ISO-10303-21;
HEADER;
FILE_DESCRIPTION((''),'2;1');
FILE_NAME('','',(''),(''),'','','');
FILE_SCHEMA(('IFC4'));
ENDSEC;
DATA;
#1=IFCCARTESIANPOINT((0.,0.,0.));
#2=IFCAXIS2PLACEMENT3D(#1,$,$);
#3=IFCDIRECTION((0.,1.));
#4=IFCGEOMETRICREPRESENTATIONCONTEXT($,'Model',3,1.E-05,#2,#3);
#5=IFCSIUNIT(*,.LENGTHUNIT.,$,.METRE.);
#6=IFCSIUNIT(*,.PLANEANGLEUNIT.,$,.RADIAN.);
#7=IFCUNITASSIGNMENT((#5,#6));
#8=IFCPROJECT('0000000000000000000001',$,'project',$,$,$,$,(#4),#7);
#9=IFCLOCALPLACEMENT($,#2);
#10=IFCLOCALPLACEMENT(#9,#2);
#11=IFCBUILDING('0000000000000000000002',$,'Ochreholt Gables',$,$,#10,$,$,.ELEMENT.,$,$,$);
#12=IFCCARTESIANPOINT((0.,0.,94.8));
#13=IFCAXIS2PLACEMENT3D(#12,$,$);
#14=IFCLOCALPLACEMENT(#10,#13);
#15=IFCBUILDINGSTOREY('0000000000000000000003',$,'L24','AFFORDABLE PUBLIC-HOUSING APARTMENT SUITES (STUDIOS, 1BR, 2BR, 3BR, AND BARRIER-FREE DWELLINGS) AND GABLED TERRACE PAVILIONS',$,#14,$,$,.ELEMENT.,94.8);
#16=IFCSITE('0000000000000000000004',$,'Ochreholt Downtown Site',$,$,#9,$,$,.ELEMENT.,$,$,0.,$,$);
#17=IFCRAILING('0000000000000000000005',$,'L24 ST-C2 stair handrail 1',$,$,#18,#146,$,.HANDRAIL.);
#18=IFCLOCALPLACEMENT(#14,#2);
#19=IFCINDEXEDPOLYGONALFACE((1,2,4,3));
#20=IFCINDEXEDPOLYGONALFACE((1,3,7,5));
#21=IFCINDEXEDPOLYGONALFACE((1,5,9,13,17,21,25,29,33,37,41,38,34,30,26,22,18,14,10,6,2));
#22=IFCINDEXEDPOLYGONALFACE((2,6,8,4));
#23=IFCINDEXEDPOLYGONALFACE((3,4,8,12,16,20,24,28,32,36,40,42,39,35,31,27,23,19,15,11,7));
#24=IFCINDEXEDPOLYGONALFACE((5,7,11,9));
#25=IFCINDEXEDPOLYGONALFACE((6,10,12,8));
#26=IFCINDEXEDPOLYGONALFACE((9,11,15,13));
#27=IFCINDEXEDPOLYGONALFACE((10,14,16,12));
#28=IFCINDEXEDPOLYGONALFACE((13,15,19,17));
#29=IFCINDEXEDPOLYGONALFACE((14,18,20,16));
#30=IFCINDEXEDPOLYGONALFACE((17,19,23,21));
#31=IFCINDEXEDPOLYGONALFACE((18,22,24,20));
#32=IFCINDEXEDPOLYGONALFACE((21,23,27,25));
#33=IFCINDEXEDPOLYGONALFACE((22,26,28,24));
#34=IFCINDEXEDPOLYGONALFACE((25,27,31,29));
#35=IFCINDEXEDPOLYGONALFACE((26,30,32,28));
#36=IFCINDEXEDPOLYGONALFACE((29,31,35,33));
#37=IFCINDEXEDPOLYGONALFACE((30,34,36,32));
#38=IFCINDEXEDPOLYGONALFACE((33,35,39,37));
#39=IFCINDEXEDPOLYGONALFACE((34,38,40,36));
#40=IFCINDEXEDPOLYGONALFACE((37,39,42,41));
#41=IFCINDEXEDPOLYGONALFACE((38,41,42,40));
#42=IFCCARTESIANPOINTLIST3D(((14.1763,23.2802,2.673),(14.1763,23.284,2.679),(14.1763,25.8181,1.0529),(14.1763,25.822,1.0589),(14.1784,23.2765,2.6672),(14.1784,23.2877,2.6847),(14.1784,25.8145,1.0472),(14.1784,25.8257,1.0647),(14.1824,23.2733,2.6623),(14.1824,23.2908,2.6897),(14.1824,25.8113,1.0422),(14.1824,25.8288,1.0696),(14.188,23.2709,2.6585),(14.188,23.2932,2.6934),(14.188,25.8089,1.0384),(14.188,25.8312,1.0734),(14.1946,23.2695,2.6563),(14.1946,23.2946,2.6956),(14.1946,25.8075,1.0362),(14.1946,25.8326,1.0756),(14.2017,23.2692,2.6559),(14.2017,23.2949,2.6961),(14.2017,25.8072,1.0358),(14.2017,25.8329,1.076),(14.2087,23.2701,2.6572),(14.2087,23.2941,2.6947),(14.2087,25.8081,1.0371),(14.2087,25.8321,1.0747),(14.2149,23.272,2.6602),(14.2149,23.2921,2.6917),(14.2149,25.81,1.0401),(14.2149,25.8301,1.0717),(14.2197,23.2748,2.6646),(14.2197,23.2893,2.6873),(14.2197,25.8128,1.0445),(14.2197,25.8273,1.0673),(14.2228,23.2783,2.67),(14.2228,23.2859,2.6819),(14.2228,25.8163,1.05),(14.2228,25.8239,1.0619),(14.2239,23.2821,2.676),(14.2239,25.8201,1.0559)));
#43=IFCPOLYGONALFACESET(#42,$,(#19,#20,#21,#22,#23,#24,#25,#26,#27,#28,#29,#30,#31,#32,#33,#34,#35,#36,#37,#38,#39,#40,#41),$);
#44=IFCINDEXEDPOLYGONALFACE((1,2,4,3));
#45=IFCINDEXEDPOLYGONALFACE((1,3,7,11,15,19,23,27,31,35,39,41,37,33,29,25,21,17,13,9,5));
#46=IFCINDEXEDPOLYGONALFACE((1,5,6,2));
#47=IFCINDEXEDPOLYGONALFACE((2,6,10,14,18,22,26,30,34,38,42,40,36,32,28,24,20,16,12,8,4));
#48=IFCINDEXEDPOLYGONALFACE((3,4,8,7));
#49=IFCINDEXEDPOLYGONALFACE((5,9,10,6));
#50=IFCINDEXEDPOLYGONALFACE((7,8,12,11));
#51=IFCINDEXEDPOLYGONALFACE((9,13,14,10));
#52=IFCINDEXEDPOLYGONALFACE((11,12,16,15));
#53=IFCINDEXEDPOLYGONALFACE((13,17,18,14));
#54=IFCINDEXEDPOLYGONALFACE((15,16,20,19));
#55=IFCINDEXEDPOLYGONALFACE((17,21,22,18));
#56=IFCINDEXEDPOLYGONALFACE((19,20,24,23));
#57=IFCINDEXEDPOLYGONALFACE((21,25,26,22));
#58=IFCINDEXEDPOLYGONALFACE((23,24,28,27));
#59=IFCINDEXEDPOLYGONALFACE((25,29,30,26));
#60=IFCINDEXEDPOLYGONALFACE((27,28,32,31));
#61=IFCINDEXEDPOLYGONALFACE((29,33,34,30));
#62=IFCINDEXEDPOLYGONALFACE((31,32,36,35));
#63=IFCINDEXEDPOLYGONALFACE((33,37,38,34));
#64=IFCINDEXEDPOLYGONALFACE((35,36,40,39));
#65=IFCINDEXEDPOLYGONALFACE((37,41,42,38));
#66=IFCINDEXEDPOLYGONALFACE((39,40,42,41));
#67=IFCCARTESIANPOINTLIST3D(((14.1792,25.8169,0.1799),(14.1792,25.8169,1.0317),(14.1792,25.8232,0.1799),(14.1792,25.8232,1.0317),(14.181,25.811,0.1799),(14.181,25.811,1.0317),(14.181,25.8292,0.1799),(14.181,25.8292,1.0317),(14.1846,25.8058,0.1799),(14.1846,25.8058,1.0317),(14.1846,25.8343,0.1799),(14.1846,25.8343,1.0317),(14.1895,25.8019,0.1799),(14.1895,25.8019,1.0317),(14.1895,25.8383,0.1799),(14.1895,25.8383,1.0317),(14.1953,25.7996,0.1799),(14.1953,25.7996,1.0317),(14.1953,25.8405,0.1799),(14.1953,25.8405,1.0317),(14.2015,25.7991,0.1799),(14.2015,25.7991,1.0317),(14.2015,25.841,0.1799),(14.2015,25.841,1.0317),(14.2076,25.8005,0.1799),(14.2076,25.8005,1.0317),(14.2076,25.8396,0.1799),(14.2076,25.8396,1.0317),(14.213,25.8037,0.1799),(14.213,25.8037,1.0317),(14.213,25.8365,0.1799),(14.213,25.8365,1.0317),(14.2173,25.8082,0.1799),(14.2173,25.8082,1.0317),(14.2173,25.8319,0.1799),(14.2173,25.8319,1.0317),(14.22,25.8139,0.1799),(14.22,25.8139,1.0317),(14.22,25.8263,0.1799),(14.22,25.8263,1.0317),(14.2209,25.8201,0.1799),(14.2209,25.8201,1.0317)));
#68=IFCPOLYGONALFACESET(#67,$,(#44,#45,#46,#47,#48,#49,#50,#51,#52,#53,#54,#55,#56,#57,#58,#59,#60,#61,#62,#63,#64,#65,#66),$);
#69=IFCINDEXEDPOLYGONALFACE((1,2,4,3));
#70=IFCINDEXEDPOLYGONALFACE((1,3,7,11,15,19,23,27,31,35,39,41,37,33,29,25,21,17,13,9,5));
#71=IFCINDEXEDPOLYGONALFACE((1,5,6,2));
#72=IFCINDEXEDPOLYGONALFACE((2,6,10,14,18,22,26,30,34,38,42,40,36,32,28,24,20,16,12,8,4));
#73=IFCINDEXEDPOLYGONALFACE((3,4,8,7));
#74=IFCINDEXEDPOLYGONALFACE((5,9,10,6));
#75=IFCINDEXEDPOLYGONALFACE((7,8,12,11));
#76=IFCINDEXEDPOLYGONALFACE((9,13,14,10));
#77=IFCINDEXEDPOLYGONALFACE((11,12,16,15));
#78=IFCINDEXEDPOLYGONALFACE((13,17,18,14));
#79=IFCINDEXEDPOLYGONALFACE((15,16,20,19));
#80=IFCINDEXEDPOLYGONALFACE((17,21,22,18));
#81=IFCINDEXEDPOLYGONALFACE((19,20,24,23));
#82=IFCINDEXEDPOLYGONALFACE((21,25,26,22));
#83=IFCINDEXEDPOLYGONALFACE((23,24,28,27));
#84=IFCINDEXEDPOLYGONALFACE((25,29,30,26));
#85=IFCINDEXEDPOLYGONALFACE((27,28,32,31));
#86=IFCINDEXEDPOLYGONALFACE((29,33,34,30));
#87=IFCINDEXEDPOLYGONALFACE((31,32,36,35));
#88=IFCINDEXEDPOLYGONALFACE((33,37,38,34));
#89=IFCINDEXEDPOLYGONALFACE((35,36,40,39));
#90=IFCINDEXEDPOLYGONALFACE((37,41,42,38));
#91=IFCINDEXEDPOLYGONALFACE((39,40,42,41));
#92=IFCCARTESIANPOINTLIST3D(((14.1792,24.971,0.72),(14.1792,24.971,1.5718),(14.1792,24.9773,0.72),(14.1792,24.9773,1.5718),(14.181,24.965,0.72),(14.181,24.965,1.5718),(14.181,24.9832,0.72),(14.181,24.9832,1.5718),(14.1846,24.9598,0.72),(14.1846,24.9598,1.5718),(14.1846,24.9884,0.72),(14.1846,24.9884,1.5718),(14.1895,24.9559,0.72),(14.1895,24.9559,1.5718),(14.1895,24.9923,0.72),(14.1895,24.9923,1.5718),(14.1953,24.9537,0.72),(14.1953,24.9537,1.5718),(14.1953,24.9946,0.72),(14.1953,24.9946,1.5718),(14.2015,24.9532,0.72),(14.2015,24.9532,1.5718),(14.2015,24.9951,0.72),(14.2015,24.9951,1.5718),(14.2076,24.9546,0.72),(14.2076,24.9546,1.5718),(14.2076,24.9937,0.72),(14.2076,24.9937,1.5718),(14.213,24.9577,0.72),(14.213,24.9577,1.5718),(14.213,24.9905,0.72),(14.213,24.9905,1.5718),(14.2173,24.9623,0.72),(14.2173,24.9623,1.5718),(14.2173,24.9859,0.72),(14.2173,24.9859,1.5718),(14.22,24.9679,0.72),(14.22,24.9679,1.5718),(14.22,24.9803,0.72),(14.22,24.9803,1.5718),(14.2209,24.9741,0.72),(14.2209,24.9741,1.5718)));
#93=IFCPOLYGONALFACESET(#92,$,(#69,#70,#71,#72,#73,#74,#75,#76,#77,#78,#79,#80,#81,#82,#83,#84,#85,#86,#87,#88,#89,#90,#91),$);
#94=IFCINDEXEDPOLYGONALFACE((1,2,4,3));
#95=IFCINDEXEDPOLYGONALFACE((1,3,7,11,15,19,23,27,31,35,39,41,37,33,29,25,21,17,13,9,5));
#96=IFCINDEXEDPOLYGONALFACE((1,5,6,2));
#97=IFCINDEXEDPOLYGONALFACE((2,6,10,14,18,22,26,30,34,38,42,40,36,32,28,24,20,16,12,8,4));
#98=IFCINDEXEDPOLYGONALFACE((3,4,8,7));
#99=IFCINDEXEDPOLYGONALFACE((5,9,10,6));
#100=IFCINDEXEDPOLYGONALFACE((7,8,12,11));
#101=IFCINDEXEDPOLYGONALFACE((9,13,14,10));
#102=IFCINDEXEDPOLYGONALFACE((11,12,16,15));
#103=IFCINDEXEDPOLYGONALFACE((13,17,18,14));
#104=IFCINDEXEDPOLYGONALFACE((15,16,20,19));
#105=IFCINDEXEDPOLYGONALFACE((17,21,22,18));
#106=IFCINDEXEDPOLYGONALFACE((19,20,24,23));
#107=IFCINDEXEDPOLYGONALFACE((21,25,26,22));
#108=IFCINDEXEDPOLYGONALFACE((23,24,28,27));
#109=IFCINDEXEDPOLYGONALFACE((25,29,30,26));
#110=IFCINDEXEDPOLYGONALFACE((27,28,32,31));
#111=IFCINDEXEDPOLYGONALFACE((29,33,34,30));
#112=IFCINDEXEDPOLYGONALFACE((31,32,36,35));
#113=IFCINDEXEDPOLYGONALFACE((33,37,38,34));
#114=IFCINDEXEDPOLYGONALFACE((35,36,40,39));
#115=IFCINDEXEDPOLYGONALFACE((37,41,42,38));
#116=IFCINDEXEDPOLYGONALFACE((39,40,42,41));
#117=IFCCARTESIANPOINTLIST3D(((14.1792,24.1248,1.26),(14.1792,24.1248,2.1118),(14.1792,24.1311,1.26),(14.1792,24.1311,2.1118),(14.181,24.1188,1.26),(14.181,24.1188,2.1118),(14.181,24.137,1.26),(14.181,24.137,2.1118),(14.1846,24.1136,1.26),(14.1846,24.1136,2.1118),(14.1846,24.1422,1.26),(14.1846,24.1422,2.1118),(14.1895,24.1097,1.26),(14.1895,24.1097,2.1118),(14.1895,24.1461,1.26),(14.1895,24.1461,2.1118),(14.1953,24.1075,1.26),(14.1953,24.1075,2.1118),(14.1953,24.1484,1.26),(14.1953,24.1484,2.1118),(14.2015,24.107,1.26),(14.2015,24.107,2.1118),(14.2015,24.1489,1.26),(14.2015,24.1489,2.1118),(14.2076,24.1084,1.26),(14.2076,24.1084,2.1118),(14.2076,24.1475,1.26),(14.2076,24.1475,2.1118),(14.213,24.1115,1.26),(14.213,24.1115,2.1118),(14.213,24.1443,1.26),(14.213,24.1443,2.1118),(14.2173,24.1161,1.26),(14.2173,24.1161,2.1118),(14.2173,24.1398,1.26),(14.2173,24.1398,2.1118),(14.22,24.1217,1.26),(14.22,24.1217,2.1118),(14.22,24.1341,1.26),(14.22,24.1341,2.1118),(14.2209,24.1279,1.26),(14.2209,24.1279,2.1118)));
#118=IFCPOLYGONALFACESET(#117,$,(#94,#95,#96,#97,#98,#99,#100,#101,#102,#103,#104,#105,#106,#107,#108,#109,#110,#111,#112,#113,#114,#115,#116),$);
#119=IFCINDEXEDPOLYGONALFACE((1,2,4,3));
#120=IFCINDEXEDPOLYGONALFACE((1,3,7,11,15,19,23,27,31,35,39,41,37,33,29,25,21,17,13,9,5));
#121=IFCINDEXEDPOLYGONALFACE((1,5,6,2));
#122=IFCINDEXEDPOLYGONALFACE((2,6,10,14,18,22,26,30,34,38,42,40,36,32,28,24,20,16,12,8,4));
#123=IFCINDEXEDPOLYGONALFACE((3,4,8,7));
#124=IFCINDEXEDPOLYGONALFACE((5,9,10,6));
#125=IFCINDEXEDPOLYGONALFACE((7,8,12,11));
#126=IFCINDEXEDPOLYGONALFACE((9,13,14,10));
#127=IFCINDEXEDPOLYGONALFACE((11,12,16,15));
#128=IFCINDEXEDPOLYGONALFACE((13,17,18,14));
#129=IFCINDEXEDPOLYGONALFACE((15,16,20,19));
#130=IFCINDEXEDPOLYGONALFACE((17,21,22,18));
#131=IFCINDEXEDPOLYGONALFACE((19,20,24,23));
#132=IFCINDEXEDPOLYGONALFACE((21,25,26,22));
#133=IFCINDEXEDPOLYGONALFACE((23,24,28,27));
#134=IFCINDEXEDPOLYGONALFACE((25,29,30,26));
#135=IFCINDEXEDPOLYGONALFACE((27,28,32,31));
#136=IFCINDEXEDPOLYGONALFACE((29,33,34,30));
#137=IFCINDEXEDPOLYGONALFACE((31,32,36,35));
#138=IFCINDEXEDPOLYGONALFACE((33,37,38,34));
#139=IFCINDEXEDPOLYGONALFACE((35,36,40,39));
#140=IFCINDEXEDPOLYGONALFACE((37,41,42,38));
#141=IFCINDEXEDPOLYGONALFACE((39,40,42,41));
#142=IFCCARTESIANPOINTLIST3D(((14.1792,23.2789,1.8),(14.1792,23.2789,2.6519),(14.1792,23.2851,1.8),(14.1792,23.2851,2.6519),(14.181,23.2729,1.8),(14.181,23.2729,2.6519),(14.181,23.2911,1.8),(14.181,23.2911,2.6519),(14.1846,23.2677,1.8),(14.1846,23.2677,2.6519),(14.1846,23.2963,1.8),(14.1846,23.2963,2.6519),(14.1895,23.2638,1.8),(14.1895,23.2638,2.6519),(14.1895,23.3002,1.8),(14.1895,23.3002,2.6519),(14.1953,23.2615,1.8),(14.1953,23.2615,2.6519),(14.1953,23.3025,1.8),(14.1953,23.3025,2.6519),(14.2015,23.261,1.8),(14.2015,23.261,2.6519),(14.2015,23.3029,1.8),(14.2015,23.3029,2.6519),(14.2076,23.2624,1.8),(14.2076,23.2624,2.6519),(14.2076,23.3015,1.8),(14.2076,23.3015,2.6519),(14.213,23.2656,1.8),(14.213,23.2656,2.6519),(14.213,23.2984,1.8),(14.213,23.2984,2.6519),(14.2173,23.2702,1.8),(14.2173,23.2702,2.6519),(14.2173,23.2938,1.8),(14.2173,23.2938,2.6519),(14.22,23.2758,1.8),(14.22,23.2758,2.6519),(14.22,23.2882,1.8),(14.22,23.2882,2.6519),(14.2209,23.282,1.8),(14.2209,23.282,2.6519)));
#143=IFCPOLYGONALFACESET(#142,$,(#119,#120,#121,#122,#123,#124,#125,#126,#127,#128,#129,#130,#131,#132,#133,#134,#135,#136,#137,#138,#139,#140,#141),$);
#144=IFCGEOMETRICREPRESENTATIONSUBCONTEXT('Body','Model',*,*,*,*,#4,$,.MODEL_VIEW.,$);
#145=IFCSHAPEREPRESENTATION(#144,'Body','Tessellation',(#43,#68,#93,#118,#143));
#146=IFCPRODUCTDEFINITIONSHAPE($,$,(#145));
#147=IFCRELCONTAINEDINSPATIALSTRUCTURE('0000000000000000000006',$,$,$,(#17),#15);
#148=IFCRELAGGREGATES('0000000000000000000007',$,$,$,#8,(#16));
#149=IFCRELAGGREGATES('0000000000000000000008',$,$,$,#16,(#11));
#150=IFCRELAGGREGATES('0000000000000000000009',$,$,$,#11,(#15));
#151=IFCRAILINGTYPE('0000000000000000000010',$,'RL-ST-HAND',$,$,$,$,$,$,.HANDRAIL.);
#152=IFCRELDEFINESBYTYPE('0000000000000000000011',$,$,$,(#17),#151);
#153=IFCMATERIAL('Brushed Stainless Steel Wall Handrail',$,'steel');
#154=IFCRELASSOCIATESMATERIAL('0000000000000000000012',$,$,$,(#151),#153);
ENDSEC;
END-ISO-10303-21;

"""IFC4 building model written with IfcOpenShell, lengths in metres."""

from ifc_helpers import new_model, si_unit, direction, frame, origin, origin_2d, place, context, subcontext, project, spatial, circle, extrude, material, type_object, element, save


model = new_model("IFC4")

# Units and contexts
model_context = context("Model", 3, precision=1e-05, world=origin(), true_north=direction((0.0, 1.0)))
body_context = subcontext(model_context, "Body", "Model", "MODEL_VIEW")
ifc_project = project(units=[si_unit("LENGTHUNIT", "METRE"), si_unit("PLANEANGLEUNIT", "RADIAN")], contexts=[model_context])

# Site, building, storey
site_placement = place(None, origin())
site = spatial("IfcSite", under=ifc_project, at=site_placement, Name="Ochreholt Downtown Site", CompositionType="ELEMENT", RefElevation=0.0)
building_placement = place(site_placement, origin())
building = spatial("IfcBuilding", under=site, at=building_placement, Name="Ochreholt Gables", CompositionType="ELEMENT")
storey_placement = place(building_placement, frame((0.0, 0.0, 94.8)))
storey = spatial("IfcBuildingStorey", under=building, at=storey_placement, Name="L24", Description="AFFORDABLE PUBLIC-HOUSING APARTMENT SUITES (STUDIOS, 1BR, 2BR, 3BR, AND BARRIER-FREE DWELLINGS) AND GABLED TERRACE PAVILIONS", CompositionType="ELEMENT", Elevation=94.8)

# Railing
ifc_material_1 = material(Name="Brushed Stainless Steel Wall Handrail", Category="steel")
railing_type_1 = type_object("IfcRailingType", Name="RL-ST-HAND", PredefinedType="HANDRAIL", material=ifc_material_1)
railing_1_placement = place(storey_placement, frame((14.2, 25.8201, 0.1799)))
element("IfcRailing", 1, at=railing_1_placement, inside=storey, type_object=railing_type_1, Name="L24 ST-C2 stair handrail 1", PredefinedType="HANDRAIL", context=body_context, shape_type="SweptSolid", body=[
    extrude(circle(Radius=0.0239, at=origin_2d()), frame((0.0, 0.0, 0.876), z_axis=(0.0, -0.842913, 0.53805), x_axis=(1.0, 0.0, 0.0)), (0.0, 0.0, 1.0), 3.011),
    extrude(circle(Radius=0.021, at=origin_2d()), origin(), (0.0, 0.0, 1.0), 0.8518),
    extrude(circle(Radius=0.021, at=origin_2d()), frame((0.0, -0.8459, 0.54)), (0.0, 0.0, 1.0), 0.8518),
    extrude(circle(Radius=0.021, at=origin_2d()), frame((0.0, -1.6921, 1.0801)), (0.0, 0.0, 1.0), 0.8518),
    extrude(circle(Radius=0.021, at=origin_2d()), frame((0.0, -2.5381, 1.6201)), (0.0, 0.0, 1.0), 0.8518),
])

save(model, "model.ifc")
